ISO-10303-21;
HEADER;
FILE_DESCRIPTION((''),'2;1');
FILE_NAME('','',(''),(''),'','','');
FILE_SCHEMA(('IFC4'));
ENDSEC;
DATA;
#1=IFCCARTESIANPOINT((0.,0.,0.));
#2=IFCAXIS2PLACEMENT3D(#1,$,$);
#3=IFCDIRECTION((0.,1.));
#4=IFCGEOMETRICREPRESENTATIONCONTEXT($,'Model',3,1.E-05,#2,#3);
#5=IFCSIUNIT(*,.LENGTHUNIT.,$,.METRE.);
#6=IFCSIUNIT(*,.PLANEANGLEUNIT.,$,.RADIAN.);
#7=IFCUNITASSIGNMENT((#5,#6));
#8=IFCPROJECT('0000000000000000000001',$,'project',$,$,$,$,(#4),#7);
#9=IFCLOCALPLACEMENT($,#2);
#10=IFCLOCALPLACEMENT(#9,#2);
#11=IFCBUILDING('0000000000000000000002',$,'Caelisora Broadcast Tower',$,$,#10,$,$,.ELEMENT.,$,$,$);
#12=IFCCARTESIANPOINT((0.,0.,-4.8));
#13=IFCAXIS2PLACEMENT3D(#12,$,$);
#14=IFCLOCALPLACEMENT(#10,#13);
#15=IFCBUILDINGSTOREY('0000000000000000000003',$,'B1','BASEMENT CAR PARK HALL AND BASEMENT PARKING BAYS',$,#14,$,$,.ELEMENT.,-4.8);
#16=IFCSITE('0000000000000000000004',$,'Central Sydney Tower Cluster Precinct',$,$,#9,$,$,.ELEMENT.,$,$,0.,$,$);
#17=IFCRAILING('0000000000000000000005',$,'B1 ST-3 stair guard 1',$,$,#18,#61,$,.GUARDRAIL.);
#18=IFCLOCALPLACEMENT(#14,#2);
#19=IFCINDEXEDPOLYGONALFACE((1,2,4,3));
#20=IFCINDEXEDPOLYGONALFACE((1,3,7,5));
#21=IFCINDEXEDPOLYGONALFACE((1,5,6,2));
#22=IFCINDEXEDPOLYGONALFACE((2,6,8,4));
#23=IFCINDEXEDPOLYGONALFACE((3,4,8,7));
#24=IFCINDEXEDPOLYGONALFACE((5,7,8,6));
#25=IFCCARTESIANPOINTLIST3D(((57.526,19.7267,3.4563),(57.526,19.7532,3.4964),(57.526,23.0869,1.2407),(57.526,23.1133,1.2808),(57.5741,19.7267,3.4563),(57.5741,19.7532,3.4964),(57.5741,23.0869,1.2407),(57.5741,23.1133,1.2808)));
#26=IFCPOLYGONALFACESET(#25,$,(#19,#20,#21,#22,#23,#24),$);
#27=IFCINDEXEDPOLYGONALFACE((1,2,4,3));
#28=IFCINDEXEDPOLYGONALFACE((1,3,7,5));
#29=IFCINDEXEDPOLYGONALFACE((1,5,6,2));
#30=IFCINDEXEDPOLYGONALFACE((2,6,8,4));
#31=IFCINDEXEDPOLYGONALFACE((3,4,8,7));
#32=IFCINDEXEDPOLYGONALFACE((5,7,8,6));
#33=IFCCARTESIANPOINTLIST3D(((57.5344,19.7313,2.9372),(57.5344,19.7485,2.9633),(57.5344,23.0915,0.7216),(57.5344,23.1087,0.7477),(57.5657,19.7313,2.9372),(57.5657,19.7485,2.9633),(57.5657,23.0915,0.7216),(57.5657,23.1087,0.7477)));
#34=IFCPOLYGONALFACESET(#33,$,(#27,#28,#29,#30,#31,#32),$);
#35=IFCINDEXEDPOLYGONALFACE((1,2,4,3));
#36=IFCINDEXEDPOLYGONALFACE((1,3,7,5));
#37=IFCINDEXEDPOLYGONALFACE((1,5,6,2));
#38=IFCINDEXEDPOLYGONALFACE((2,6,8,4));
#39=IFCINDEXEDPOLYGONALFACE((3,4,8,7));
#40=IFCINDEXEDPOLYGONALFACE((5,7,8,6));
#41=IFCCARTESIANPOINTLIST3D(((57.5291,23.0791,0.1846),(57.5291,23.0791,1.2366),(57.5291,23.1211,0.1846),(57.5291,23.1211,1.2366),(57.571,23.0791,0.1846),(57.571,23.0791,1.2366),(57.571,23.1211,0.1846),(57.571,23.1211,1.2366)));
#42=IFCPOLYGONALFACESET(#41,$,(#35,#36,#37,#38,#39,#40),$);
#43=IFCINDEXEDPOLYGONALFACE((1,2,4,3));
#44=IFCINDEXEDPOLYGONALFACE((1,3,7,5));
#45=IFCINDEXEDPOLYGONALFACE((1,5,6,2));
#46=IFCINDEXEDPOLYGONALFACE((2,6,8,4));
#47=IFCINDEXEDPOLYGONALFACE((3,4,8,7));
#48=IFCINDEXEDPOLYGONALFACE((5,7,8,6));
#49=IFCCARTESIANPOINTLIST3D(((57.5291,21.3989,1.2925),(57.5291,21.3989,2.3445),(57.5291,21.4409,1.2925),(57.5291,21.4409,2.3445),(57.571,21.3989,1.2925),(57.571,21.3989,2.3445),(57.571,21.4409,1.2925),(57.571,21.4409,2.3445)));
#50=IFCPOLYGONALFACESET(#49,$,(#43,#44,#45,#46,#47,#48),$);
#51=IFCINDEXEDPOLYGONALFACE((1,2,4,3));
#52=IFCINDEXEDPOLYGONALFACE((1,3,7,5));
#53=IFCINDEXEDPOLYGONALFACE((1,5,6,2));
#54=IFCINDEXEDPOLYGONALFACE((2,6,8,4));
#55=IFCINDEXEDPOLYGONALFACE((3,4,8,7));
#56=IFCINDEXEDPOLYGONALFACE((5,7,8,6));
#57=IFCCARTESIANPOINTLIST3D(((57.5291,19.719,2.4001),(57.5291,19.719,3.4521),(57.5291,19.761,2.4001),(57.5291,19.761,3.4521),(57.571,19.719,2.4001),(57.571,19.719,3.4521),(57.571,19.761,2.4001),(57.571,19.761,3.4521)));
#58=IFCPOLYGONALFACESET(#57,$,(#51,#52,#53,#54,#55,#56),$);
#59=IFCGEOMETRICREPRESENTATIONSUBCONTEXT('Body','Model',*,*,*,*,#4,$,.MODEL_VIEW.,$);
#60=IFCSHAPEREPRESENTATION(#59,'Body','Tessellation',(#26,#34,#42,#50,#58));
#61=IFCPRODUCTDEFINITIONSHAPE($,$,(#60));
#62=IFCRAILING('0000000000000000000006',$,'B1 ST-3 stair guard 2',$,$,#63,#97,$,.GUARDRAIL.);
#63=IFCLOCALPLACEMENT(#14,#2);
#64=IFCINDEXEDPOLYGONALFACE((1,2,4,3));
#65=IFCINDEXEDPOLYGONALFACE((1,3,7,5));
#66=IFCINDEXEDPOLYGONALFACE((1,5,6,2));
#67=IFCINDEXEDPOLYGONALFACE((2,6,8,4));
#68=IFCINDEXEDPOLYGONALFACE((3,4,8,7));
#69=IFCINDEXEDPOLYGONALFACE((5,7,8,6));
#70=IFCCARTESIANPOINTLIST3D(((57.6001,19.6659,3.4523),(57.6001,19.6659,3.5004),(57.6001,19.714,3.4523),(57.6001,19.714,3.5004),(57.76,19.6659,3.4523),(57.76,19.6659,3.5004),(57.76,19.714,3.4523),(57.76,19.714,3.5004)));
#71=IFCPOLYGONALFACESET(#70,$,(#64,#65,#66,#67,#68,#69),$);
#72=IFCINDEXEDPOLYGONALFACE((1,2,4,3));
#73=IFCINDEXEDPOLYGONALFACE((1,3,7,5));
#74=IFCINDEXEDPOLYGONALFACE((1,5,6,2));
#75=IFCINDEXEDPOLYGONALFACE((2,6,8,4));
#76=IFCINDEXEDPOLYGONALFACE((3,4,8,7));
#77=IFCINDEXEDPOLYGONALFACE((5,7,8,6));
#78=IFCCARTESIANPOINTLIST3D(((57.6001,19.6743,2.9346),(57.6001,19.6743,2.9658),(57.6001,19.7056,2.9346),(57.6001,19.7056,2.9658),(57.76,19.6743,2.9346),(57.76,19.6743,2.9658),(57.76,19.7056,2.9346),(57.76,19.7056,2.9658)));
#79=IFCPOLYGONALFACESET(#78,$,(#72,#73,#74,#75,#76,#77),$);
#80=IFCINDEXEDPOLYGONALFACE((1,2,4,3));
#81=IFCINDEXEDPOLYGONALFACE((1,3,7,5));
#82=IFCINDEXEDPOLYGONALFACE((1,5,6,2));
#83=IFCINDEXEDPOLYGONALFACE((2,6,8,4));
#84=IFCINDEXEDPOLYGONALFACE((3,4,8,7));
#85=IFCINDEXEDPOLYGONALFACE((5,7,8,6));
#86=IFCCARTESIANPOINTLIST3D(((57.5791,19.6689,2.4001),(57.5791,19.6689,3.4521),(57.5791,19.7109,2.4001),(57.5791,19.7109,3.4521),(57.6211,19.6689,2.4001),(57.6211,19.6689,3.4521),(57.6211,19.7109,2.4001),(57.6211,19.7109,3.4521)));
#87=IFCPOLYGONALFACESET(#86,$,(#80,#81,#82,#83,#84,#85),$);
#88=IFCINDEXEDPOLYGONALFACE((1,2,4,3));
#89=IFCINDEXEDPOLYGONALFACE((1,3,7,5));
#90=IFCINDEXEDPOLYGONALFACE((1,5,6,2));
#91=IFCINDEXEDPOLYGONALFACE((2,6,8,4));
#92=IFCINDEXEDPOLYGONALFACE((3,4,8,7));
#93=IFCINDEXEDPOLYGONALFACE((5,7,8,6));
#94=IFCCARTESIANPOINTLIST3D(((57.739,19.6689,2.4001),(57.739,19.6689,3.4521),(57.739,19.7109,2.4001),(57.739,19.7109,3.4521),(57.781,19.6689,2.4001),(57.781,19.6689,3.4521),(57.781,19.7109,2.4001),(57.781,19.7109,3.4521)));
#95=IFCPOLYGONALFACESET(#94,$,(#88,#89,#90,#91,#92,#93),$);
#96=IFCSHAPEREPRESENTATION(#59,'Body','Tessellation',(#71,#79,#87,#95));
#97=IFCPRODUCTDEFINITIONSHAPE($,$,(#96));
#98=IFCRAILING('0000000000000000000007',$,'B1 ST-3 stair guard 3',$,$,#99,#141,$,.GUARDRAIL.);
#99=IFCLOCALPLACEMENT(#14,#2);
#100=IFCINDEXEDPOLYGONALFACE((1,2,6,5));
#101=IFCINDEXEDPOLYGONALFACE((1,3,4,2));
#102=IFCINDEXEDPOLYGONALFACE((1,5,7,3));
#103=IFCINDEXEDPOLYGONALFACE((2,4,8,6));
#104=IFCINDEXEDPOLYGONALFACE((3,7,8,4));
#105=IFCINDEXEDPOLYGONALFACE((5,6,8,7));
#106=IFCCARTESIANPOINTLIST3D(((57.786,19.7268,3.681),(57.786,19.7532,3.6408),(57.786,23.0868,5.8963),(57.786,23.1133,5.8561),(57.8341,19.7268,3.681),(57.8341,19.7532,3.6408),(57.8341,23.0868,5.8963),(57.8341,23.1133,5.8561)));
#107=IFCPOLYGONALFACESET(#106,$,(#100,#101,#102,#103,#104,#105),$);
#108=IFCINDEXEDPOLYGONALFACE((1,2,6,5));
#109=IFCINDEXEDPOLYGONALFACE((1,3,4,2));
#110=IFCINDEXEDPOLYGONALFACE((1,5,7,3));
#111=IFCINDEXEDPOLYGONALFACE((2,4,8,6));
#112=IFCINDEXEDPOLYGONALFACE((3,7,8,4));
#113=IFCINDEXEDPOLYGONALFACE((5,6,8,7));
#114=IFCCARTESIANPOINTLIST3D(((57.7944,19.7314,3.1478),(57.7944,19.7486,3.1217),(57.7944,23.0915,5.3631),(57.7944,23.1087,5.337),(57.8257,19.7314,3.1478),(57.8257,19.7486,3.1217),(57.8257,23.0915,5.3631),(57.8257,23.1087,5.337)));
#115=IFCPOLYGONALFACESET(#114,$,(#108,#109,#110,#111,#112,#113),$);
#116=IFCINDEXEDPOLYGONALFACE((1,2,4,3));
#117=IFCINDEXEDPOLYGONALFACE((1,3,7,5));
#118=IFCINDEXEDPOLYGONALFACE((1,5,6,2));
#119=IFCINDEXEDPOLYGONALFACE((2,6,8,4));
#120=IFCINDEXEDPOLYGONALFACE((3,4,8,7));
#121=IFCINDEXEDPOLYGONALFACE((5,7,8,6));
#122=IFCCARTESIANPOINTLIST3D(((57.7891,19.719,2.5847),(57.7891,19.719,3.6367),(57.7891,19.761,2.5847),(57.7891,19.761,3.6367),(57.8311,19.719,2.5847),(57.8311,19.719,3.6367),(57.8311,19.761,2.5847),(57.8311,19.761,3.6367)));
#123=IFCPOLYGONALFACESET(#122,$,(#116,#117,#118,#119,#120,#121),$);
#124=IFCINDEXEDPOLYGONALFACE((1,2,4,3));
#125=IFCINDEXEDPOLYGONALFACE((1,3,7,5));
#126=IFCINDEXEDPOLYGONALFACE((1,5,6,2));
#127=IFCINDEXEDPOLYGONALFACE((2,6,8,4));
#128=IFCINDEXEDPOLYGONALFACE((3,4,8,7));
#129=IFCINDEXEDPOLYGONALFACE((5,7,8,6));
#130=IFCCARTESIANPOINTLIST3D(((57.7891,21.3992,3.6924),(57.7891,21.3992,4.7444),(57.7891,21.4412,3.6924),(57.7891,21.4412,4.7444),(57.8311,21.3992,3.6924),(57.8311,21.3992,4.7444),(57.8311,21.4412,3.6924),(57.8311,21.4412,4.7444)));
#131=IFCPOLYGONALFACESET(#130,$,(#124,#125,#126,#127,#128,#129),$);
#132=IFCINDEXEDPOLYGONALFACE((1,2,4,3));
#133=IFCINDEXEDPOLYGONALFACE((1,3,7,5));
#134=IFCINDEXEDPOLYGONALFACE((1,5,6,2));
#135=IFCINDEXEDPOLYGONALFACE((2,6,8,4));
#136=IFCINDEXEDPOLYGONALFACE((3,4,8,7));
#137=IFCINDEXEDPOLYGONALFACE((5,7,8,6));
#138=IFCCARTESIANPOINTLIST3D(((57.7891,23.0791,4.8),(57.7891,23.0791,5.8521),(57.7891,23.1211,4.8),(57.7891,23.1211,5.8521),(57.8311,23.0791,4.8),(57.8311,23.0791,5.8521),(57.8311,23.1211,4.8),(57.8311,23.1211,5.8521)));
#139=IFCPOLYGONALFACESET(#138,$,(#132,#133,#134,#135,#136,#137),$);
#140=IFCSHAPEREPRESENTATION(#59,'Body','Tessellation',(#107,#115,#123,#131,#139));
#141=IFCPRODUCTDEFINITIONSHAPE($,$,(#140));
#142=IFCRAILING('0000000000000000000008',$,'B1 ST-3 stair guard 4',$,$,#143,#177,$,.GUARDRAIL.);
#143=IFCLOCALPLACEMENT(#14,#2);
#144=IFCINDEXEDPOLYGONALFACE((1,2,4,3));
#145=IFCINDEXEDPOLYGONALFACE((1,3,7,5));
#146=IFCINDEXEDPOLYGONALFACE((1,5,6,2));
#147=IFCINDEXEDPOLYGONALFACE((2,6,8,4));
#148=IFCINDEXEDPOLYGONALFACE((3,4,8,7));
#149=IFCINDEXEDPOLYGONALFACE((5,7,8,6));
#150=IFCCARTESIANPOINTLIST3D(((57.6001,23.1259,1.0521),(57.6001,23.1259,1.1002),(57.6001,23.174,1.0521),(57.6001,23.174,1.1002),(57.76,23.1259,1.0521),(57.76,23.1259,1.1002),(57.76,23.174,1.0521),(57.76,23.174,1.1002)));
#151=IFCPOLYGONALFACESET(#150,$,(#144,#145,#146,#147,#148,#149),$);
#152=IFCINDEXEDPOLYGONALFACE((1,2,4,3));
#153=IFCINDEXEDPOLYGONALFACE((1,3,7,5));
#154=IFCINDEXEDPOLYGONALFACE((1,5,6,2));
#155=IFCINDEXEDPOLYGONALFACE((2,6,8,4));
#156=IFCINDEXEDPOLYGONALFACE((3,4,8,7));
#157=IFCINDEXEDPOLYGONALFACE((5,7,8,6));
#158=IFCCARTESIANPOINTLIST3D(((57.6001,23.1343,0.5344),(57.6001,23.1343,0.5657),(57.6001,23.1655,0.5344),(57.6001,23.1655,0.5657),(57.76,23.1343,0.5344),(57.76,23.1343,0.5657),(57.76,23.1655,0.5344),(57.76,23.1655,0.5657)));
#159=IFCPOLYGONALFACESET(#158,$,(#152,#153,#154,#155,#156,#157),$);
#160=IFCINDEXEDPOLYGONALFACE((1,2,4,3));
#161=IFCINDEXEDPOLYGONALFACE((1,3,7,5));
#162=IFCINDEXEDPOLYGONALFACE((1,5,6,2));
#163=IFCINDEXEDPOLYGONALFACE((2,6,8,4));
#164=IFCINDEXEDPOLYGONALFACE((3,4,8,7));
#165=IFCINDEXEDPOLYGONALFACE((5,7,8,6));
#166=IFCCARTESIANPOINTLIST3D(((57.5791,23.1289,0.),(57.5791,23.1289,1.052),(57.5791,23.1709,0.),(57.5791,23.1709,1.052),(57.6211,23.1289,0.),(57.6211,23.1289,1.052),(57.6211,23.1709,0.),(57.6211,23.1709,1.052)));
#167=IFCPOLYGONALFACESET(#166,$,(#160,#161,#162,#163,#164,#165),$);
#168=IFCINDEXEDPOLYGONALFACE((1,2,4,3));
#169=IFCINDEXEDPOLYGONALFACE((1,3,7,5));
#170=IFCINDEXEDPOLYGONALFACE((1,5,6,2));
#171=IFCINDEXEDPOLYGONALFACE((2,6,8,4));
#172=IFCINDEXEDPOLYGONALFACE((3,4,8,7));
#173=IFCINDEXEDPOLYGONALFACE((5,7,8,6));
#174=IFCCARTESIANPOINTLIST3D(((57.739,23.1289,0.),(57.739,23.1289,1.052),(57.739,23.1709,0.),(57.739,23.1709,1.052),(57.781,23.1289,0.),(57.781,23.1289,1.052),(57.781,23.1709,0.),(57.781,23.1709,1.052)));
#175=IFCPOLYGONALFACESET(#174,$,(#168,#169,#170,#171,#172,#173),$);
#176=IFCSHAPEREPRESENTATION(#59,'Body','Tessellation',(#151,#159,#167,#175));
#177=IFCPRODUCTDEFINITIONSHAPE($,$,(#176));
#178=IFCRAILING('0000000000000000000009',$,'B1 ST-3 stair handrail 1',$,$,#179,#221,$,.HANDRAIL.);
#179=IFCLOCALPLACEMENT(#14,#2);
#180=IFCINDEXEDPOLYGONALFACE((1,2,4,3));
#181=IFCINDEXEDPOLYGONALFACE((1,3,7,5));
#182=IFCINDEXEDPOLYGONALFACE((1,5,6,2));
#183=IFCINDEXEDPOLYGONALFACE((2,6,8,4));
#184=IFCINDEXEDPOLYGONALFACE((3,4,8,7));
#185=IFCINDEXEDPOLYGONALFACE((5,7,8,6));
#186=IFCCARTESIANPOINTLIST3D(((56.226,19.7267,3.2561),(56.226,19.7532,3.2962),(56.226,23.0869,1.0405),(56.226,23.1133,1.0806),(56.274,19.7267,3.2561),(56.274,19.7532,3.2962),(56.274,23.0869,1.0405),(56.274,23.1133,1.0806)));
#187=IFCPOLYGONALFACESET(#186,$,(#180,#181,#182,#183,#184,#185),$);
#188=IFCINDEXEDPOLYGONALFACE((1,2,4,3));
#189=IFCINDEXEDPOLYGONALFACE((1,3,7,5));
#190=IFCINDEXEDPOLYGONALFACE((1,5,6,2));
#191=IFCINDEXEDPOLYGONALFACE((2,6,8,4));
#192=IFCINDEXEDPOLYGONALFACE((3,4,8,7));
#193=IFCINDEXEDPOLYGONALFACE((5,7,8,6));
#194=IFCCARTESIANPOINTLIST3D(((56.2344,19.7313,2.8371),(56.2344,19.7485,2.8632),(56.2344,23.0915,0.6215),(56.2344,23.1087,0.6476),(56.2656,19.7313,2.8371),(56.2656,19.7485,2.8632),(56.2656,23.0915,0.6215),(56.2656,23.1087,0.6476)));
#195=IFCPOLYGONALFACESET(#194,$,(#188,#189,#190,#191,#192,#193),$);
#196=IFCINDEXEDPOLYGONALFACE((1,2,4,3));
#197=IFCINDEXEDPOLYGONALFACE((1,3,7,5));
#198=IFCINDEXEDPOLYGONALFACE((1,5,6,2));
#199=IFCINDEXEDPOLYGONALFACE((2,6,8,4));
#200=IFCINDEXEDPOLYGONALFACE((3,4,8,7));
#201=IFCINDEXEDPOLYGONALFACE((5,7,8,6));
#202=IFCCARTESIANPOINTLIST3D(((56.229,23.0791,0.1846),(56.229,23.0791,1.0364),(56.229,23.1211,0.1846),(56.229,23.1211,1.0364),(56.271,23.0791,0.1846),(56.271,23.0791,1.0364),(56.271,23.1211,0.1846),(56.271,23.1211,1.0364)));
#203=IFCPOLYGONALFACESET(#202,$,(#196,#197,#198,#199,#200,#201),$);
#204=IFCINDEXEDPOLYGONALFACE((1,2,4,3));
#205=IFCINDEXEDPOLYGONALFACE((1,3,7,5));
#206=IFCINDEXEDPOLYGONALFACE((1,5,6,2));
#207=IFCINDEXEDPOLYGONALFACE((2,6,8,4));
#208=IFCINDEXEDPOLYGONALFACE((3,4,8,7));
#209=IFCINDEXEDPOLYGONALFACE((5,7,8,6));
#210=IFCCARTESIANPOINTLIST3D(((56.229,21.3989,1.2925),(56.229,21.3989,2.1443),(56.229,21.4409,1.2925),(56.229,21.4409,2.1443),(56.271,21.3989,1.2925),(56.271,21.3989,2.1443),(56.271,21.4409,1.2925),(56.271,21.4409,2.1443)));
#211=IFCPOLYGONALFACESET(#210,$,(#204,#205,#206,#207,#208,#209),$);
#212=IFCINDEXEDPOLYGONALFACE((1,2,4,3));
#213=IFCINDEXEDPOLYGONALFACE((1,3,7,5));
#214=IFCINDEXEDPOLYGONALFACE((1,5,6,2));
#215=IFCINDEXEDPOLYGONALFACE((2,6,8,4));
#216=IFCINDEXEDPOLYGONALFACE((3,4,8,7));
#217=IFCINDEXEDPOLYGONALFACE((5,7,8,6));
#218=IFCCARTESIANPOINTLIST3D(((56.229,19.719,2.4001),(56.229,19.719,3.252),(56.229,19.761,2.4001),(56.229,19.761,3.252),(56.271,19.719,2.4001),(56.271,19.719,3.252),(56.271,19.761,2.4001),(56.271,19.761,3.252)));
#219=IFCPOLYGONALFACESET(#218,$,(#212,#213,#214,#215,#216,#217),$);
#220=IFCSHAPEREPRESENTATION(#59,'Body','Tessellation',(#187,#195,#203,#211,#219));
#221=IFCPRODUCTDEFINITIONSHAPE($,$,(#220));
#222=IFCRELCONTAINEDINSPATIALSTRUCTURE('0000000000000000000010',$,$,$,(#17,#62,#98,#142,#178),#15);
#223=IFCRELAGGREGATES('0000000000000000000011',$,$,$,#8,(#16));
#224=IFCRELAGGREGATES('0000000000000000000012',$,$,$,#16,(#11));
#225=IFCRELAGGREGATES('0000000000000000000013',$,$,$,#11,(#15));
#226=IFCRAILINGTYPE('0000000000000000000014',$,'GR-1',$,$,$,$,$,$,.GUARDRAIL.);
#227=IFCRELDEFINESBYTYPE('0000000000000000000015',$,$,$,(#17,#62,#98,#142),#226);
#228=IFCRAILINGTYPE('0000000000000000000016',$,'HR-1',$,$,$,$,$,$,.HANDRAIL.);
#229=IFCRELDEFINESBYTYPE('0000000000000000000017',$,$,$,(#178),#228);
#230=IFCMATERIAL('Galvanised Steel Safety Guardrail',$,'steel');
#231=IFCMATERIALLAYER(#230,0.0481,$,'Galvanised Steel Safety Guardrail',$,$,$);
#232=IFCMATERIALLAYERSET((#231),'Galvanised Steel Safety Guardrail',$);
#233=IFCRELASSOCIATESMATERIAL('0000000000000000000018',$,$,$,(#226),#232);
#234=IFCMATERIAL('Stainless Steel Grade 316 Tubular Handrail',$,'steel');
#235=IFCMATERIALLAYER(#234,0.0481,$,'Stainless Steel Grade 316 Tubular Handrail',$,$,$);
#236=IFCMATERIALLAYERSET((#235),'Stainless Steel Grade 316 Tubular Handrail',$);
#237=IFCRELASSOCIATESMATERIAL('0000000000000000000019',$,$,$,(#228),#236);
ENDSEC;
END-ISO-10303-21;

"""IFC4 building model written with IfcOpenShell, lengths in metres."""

from ifc_helpers import new_model, si_unit, direction, frame, origin, origin_2d, place, context, subcontext, project, spatial, rectangle, extrude, material, layer, layer_set, type_object, element, save


model = new_model("IFC4")

# Units and contexts
model_context = context("Model", 3, precision=1e-05, world=origin(), true_north=direction((0.0, 1.0)))
body_context = subcontext(model_context, "Body", "Model", "MODEL_VIEW")
ifc_project = project(units=[si_unit("LENGTHUNIT", "METRE"), si_unit("PLANEANGLEUNIT", "RADIAN")], contexts=[model_context])

# Site, building, storey
site_placement = place(None, origin())
site = spatial("IfcSite", under=ifc_project, at=site_placement, Name="Central Sydney Tower Cluster Precinct", CompositionType="ELEMENT", RefElevation=0.0)
building_placement = place(site_placement, origin())
building = spatial("IfcBuilding", under=site, at=building_placement, Name="Caelisora Broadcast Tower", CompositionType="ELEMENT")
storey_placement = place(building_placement, frame((0.0, 0.0, -4.8)))
storey = spatial("IfcBuildingStorey", under=building, at=storey_placement, Name="B1", Description="BASEMENT CAR PARK HALL AND BASEMENT PARKING BAYS", CompositionType="ELEMENT", Elevation=-4.8)

# Railings
ifc_material_1 = material(Name="Galvanised Steel Safety Guardrail", Category="steel")
ifc_layer_1 = layer(ifc_material_1, 0.0481, Name="Galvanised Steel Safety Guardrail")
ifc_layer_set_1 = layer_set([ifc_layer_1], Name="Galvanised Steel Safety Guardrail")
railing_type_1 = type_object("IfcRailingType", Name="GR-1", PredefinedType="GUARDRAIL", material=ifc_layer_set_1)
railing_1_placement = place(storey_placement, frame((57.55, 23.1001, 0.1846)))
element("IfcRailing", 1, at=railing_1_placement, inside=storey, type_object=railing_type_1, Name="B1 ST-3 stair guard 1", PredefinedType="GUARDRAIL", context=body_context, shape_type="SweptSolid", body=[
    extrude(rectangle(XDim=0.0481, YDim=0.0481, at=origin_2d()), frame((0.0, 0.0, 1.0762), z_axis=(0.0, -0.834849, 0.55048), x_axis=(1.0, 0.0, 0.0)), (0.0, 0.0, 1.0), 4.0249),
    extrude(rectangle(XDim=0.0312, YDim=0.0312, at=origin_2d()), frame((0.0, 0.0, 0.55), z_axis=(0.0, -0.834849, 0.55048), x_axis=(1.0, 0.0, 0.0)), (0.0, 0.0, 1.0), 4.0249),
    extrude(rectangle(XDim=0.042, YDim=0.042, at=origin_2d()), origin(), (0.0, 0.0, 1.0), 1.052),
    extrude(rectangle(XDim=0.042, YDim=0.042, at=origin_2d()), frame((0.0, -1.6802, 1.1079)), (0.0, 0.0, 1.0), 1.052),
    extrude(rectangle(XDim=0.042, YDim=0.042, at=origin_2d()), frame((0.0, -3.3601, 2.2156)), (0.0, 0.0, 1.0), 1.052),
])
railing_2_placement = place(storey_placement, frame((57.6001, 19.6899, 2.4001)))
element("IfcRailing", 2, at=railing_2_placement, inside=storey, type_object=railing_type_1, Name="B1 ST-3 stair guard 2", PredefinedType="GUARDRAIL", context=body_context, shape_type="SweptSolid", body=[
    extrude(rectangle(XDim=0.0481, YDim=0.0481, at=origin_2d()), frame((0.0, 0.0, 1.0762), z_axis=(1.0, 0.0, 0.0), x_axis=(0.0, 1.0, 0.0)), (0.0, 0.0, 1.0), 0.1599),
    extrude(rectangle(XDim=0.0312, YDim=0.0312, at=origin_2d()), frame((0.0, 0.0, 0.55), z_axis=(1.0, 0.0, 0.0), x_axis=(0.0, 1.0, 0.0)), (0.0, 0.0, 1.0), 0.1599),
    extrude(rectangle(XDim=0.042, YDim=0.042, at=origin_2d()), origin(), (0.0, 0.0, 1.0), 1.052),
    extrude(rectangle(XDim=0.042, YDim=0.042, at=origin_2d()), frame((0.1599, 0.0, 0.0)), (0.0, 0.0, 1.0), 1.052),
])
railing_3_placement = place(storey_placement, frame((57.8101, 19.74, 2.5847)))
element("IfcRailing", 3, at=railing_3_placement, inside=storey, type_object=railing_type_1, Name="B1 ST-3 stair guard 3", PredefinedType="GUARDRAIL", context=body_context, shape_type="SweptSolid", body=[
    extrude(rectangle(XDim=0.0481, YDim=0.0481, at=origin_2d()), frame((0.0, 0.0, 1.0762), z_axis=(0.0, 0.834876, 0.550437), x_axis=(-1.0, 0.0, 0.0)), (0.0, 0.0, 1.0), 4.0247),
    extrude(rectangle(XDim=0.0312, YDim=0.0312, at=origin_2d()), frame((0.0, 0.0, 0.55), z_axis=(0.0, 0.834876, 0.550437), x_axis=(-1.0, 0.0, 0.0)), (0.0, 0.0, 1.0), 4.0247),
    extrude(rectangle(XDim=0.042, YDim=0.042, at=origin_2d()), origin(), (0.0, 0.0, 1.0), 1.052),
    extrude(rectangle(XDim=0.042, YDim=0.042, at=origin_2d()), frame((0.0, 1.6802, 1.1077)), (0.0, 0.0, 1.0), 1.052),
    extrude(rectangle(XDim=0.042, YDim=0.042, at=origin_2d()), frame((0.0, 3.3601, 2.2153)), (0.0, 0.0, 1.0), 1.052),
])
railing_4_placement = place(storey_placement, frame((57.6001, 23.1499, 0.0)))
element("IfcRailing", 4, at=railing_4_placement, inside=storey, type_object=railing_type_1, Name="B1 ST-3 stair guard 4", PredefinedType="GUARDRAIL", context=body_context, shape_type="SweptSolid", body=[
    extrude(rectangle(XDim=0.0481, YDim=0.0481, at=origin_2d()), frame((0.0, 0.0, 1.0762), z_axis=(1.0, 0.0, 0.0), x_axis=(0.0, 1.0, 0.0)), (0.0, 0.0, 1.0), 0.1599),
    extrude(rectangle(XDim=0.0312, YDim=0.0312, at=origin_2d()), frame((0.0, 0.0, 0.55), z_axis=(1.0, 0.0, 0.0), x_axis=(0.0, 1.0, 0.0)), (0.0, 0.0, 1.0), 0.1599),
    extrude(rectangle(XDim=0.042, YDim=0.042, at=origin_2d()), origin(), (0.0, 0.0, 1.0), 1.052),
    extrude(rectangle(XDim=0.042, YDim=0.042, at=origin_2d()), frame((0.1599, 0.0, 0.0)), (0.0, 0.0, 1.0), 1.052),
])
ifc_material_2 = material(Name="Stainless Steel Grade 316 Tubular Handrail", Category="steel")
ifc_layer_2 = layer(ifc_material_2, 0.0481, Name="Stainless Steel Grade 316 Tubular Handrail")
ifc_layer_set_2 = layer_set([ifc_layer_2], Name="Stainless Steel Grade 316 Tubular Handrail")
railing_type_2 = type_object("IfcRailingType", Name="HR-1", PredefinedType="HANDRAIL", material=ifc_layer_set_2)
railing_5_placement = place(storey_placement, frame((56.25, 23.1001, 0.1846)))
element("IfcRailing", 5, at=railing_5_placement, inside=storey, type_object=railing_type_2, Name="B1 ST-3 stair handrail 1", PredefinedType="HANDRAIL", context=body_context, shape_type="SweptSolid", body=[
    extrude(rectangle(XDim=0.0481, YDim=0.0481, at=origin_2d()), frame((0.0, 0.0, 0.876), z_axis=(0.0, -0.834849, 0.55048), x_axis=(1.0, 0.0, 0.0)), (0.0, 0.0, 1.0), 4.0249),
    extrude(rectangle(XDim=0.0312, YDim=0.0312, at=origin_2d()), frame((0.0, 0.0, 0.45), z_axis=(0.0, -0.834849, 0.55048), x_axis=(1.0, 0.0, 0.0)), (0.0, 0.0, 1.0), 4.0249),
    extrude(rectangle(XDim=0.042, YDim=0.042, at=origin_2d()), origin(), (0.0, 0.0, 1.0), 0.8518),
    extrude(rectangle(XDim=0.042, YDim=0.042, at=origin_2d()), frame((0.0, -1.6802, 1.1079)), (0.0, 0.0, 1.0), 0.8518),
    extrude(rectangle(XDim=0.042, YDim=0.042, at=origin_2d()), frame((0.0, -3.3601, 2.2156)), (0.0, 0.0, 1.0), 0.8518),
])

save(model, "model.ifc")
